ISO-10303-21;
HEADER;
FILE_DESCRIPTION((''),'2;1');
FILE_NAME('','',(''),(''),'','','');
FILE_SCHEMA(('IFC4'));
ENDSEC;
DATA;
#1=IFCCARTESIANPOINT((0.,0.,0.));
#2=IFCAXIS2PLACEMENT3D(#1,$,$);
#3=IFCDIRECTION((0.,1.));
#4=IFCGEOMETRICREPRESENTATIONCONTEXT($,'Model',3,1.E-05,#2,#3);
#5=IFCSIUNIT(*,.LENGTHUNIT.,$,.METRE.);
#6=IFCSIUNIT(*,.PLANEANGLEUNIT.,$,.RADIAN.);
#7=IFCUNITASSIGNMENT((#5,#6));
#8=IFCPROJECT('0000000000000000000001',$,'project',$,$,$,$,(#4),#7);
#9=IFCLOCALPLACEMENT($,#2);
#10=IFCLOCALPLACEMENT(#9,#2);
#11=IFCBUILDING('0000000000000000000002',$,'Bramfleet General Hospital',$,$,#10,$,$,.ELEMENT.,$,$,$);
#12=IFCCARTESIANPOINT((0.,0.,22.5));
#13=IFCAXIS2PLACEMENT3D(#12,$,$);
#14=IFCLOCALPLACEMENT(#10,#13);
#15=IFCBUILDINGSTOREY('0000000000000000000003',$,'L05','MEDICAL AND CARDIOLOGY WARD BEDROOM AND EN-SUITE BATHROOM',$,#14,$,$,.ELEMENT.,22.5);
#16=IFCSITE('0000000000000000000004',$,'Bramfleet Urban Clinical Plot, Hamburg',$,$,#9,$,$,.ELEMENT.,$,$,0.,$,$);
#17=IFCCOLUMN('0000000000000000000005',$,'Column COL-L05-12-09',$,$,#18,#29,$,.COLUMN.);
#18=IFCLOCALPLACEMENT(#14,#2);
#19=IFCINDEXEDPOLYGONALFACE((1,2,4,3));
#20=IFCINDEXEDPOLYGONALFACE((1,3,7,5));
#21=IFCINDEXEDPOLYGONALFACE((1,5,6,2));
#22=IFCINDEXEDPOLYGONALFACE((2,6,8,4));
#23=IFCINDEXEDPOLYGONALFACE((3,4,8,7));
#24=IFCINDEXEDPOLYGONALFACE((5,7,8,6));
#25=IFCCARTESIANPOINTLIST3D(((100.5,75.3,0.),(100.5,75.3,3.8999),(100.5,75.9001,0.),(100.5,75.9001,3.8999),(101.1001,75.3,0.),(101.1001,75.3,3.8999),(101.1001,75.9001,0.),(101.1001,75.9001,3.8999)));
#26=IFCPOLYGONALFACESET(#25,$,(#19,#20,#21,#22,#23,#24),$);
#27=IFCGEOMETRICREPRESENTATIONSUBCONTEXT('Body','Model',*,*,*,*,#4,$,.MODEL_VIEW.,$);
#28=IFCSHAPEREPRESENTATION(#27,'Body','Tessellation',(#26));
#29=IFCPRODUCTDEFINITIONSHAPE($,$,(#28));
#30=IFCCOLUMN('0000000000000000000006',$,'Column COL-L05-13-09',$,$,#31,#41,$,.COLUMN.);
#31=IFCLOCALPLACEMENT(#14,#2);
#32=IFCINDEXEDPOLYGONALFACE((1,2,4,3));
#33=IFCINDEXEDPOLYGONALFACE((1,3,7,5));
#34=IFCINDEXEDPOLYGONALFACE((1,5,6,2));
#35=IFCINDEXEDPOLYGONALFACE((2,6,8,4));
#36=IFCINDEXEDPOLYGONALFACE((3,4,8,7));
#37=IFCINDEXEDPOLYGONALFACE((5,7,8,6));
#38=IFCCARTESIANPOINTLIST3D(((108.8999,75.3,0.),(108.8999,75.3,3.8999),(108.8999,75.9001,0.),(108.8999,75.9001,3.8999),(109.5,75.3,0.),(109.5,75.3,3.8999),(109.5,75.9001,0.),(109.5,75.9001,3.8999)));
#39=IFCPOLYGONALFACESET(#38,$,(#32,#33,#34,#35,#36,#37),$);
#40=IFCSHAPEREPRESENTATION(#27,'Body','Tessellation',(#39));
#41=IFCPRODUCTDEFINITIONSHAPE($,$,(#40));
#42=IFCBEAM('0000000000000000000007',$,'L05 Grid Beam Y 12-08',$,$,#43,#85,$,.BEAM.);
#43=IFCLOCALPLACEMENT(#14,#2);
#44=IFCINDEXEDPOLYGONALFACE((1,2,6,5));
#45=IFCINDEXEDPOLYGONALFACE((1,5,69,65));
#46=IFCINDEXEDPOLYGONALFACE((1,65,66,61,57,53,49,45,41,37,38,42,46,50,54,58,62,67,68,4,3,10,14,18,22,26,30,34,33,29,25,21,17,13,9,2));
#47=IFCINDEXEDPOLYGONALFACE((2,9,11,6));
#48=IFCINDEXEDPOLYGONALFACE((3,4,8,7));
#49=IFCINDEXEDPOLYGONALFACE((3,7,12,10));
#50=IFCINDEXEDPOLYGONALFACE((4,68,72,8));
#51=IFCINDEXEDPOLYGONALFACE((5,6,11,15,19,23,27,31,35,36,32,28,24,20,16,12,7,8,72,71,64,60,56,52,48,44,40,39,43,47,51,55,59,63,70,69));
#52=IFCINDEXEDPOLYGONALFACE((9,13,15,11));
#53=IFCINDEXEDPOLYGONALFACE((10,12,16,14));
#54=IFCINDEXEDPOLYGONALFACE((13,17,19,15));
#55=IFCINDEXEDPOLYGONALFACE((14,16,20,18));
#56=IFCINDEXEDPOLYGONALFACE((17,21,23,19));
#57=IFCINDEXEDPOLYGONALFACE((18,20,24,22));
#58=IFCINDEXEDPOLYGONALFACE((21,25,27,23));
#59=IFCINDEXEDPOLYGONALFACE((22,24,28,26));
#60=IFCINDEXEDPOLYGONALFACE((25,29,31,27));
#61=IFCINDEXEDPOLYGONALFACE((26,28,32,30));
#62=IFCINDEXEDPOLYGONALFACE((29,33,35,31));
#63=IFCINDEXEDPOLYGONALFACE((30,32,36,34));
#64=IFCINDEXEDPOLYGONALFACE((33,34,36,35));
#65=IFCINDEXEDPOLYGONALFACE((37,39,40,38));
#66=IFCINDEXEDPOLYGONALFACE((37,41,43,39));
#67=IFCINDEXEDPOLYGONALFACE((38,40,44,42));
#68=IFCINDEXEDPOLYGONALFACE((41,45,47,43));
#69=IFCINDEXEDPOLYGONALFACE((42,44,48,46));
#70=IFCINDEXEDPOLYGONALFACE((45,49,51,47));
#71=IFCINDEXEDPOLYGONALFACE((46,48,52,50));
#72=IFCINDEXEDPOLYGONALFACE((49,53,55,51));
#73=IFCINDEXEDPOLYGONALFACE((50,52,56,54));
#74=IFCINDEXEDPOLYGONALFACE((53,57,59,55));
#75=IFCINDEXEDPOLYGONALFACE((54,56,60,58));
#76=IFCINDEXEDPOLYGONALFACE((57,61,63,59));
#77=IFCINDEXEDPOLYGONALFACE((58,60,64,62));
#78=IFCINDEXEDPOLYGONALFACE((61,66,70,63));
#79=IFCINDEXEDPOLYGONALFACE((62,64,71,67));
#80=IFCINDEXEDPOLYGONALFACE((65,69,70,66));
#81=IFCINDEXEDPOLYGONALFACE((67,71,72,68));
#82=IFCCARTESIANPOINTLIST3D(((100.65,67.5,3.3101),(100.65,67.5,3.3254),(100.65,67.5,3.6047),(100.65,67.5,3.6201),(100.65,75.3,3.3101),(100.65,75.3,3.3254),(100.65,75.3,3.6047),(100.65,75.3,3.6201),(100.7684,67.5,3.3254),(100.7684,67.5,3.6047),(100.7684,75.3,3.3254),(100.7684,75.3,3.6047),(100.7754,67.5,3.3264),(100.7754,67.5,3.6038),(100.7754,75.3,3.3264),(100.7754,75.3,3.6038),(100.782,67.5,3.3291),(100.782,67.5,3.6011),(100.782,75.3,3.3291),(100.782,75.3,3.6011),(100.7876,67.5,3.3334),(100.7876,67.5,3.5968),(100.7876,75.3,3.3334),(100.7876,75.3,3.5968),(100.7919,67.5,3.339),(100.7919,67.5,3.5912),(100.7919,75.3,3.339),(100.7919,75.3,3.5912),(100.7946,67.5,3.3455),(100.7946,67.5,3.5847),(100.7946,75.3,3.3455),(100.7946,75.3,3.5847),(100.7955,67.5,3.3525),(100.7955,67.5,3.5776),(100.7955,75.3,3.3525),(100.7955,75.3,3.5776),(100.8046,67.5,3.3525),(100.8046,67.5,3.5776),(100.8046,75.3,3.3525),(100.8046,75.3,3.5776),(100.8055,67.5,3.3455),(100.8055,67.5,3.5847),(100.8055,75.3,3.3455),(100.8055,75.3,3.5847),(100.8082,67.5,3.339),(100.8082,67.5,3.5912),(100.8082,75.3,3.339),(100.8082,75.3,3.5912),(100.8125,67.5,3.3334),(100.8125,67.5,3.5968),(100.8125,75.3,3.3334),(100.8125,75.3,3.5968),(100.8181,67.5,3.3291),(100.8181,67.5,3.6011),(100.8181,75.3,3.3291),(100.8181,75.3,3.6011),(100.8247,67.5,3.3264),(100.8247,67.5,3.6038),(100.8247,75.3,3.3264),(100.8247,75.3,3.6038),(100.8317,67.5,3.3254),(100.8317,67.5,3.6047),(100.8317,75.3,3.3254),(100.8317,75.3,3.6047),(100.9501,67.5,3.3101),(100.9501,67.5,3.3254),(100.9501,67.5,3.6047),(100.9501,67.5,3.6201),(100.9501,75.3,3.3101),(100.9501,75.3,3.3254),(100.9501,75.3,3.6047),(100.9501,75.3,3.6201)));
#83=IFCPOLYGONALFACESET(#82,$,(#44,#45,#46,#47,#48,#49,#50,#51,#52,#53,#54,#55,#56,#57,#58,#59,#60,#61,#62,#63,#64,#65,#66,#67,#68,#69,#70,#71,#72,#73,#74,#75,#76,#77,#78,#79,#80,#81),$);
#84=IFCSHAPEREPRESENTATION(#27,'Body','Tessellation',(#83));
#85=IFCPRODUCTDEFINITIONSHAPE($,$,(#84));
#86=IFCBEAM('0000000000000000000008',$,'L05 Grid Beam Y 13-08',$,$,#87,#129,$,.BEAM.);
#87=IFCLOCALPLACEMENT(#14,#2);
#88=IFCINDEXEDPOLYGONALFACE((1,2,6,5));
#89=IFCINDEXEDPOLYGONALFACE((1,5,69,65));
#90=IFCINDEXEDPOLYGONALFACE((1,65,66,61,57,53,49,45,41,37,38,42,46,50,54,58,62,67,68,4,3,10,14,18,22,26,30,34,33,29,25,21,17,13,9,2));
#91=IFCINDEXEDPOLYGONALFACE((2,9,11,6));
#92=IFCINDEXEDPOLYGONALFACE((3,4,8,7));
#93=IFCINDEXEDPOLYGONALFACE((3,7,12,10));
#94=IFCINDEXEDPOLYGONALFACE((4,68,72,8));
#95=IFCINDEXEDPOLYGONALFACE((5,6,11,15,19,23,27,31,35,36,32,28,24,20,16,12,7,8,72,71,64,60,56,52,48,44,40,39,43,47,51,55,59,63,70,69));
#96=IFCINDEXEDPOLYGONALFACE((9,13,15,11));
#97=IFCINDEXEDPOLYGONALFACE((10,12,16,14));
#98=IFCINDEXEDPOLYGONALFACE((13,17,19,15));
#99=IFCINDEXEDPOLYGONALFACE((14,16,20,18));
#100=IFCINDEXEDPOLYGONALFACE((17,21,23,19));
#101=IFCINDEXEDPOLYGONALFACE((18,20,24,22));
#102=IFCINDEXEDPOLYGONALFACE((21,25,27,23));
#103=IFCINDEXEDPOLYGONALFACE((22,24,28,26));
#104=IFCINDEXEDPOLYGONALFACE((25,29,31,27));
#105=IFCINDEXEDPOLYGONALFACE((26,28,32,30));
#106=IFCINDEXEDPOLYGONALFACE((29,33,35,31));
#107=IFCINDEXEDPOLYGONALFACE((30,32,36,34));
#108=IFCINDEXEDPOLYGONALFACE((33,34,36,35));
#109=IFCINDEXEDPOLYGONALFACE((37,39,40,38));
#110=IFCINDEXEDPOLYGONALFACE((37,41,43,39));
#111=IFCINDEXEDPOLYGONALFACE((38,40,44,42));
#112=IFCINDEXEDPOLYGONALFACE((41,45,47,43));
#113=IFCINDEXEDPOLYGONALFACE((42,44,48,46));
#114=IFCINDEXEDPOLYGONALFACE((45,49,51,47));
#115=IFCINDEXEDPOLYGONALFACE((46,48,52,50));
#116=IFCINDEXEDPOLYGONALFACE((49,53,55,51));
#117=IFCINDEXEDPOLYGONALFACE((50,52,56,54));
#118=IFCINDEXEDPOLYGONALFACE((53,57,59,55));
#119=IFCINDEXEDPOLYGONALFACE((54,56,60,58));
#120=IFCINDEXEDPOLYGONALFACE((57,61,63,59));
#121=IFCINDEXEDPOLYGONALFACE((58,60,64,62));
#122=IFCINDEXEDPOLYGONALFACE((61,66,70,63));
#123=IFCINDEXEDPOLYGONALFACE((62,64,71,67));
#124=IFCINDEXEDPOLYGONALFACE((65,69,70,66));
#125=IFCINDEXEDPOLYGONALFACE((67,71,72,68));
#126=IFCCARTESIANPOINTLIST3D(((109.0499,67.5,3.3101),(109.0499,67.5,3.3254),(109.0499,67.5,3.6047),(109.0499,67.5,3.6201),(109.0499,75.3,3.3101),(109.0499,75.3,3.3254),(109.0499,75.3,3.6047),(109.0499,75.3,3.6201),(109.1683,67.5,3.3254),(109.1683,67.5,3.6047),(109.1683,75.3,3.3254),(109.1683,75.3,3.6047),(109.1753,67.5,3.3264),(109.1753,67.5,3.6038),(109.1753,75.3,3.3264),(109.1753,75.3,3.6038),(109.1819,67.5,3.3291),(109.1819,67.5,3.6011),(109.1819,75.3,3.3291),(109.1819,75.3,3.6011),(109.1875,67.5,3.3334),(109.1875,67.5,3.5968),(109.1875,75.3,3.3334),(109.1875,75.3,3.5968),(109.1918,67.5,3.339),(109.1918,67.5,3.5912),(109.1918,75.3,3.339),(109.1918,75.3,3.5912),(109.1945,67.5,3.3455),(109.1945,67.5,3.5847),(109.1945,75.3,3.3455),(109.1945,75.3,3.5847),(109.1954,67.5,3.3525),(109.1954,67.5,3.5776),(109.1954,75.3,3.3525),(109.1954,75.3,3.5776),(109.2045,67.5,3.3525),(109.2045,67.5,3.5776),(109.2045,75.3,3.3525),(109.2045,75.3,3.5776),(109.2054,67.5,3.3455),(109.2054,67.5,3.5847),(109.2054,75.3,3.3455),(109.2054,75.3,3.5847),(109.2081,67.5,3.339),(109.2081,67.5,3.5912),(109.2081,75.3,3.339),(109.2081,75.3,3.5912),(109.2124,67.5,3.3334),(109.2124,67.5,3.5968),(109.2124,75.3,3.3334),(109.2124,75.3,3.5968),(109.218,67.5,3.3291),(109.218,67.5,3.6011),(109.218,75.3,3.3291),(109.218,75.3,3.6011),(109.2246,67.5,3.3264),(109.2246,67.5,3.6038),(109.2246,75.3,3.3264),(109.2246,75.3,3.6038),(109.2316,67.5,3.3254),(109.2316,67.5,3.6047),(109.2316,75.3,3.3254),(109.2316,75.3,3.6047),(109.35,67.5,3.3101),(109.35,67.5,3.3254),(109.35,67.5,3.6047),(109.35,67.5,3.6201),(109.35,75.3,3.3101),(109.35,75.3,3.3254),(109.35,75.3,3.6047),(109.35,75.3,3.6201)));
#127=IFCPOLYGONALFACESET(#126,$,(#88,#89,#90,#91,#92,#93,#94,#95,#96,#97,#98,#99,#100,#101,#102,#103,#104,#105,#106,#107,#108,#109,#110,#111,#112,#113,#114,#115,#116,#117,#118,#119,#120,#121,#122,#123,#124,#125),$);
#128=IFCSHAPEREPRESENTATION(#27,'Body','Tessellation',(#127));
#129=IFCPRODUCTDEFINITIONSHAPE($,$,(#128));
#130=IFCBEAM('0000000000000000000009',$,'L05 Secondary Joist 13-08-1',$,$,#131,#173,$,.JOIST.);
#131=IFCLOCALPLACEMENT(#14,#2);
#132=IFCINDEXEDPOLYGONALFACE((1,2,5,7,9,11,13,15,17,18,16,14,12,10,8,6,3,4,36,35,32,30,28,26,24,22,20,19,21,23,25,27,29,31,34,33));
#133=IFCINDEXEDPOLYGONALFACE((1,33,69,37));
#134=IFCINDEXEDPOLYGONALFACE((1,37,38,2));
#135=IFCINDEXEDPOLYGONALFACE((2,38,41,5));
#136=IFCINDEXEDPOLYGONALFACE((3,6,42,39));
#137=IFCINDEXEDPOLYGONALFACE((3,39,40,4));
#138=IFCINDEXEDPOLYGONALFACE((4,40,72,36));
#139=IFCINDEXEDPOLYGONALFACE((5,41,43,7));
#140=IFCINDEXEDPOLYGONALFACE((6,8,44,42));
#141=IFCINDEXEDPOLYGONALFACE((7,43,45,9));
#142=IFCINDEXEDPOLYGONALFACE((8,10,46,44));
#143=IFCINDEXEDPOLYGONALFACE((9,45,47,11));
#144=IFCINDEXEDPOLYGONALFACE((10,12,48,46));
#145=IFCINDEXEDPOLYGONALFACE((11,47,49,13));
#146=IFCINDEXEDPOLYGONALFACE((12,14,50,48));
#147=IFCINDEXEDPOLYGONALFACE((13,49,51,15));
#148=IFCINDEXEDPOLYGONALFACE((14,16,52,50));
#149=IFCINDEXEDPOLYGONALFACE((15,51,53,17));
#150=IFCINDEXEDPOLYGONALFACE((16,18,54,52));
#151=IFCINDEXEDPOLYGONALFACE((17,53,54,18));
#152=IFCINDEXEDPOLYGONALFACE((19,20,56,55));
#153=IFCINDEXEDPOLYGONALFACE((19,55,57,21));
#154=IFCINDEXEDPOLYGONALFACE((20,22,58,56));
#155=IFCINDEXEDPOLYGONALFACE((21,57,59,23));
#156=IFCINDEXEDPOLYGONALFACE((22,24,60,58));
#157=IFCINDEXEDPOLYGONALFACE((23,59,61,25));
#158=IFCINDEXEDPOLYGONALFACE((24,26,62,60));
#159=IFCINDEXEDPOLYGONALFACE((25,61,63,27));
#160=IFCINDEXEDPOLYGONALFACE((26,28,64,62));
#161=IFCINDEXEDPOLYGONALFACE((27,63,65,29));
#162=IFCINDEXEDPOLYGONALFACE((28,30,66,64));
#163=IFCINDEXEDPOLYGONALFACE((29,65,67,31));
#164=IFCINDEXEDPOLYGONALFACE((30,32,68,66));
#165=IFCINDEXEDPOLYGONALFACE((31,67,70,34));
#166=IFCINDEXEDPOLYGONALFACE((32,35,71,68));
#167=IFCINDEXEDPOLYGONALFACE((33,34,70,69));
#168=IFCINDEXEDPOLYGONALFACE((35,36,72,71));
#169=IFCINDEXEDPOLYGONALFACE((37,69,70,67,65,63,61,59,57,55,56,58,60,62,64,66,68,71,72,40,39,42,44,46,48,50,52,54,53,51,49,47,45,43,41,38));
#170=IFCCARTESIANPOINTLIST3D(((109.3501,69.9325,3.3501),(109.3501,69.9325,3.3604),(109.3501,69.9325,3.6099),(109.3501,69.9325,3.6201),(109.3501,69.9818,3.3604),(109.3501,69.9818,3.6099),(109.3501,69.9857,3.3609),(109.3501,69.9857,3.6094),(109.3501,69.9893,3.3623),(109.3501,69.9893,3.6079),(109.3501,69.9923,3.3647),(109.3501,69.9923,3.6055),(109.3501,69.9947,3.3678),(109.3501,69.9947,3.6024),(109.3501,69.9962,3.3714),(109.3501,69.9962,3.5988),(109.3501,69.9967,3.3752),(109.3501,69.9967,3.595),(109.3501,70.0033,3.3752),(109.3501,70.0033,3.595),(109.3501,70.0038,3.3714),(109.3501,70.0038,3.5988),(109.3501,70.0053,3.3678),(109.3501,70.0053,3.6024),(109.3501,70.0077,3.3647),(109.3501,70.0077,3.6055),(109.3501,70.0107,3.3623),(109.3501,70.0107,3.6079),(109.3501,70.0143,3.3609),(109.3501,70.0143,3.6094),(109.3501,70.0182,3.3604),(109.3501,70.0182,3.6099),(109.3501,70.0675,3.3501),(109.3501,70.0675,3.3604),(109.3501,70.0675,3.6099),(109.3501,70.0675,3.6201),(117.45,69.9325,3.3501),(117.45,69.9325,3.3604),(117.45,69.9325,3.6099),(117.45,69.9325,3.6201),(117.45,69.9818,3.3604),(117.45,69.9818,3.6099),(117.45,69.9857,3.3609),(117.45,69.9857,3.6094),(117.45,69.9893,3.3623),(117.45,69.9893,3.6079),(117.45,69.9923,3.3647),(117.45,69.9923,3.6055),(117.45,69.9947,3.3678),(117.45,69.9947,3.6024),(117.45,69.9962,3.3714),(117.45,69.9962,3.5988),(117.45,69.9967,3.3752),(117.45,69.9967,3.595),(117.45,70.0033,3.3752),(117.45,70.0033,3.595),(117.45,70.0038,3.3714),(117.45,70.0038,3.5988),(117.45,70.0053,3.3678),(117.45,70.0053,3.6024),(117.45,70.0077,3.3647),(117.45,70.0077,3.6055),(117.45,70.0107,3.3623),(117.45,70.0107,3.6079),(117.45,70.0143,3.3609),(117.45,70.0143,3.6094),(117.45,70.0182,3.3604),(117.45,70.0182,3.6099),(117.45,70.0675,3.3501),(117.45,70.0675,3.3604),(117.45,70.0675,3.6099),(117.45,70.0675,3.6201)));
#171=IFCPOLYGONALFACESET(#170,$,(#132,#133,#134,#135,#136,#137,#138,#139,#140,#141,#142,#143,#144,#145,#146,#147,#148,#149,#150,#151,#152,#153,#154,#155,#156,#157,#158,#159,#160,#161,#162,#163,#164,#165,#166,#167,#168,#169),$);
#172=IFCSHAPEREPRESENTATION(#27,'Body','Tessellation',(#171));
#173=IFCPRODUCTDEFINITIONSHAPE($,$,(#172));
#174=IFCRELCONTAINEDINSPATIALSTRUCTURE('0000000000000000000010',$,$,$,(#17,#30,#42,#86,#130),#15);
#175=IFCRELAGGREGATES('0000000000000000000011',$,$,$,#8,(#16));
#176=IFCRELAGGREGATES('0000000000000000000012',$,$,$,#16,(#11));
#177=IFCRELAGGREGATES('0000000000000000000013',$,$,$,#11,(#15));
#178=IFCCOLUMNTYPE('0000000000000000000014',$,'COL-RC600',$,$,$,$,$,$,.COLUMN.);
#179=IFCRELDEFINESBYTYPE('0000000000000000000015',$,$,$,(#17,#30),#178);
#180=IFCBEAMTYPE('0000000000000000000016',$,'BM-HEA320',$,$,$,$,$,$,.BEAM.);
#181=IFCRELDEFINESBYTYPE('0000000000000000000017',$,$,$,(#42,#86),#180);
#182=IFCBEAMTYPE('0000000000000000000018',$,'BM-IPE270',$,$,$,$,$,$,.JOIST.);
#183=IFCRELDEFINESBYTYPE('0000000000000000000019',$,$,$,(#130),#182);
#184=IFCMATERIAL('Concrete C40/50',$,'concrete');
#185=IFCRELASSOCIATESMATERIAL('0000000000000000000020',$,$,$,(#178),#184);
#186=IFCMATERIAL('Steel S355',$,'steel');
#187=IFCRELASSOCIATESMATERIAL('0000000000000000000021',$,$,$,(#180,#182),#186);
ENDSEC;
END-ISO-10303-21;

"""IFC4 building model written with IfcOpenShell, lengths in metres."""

from ifc_helpers import new_model, si_unit, direction, frame, origin, origin_2d, place, context, subcontext, project, spatial, rectangle, i_section, extrude, material, material_profile, profile_set, type_object, element, save


model = new_model("IFC4")

# Units and contexts
model_context = context("Model", 3, precision=1e-05, world=origin(), true_north=direction((0.0, 1.0)))
body_context = subcontext(model_context, "Body", "Model", "MODEL_VIEW")
ifc_project = project(units=[si_unit("LENGTHUNIT", "METRE"), si_unit("PLANEANGLEUNIT", "RADIAN")], contexts=[model_context])

# Site, building, storey
site_placement = place(None, origin())
site = spatial("IfcSite", under=ifc_project, at=site_placement, Name="Bramfleet Urban Clinical Plot, Hamburg", CompositionType="ELEMENT", RefElevation=0.0)
building_placement = place(site_placement, origin())
building = spatial("IfcBuilding", under=site, at=building_placement, Name="Bramfleet General Hospital", CompositionType="ELEMENT")
storey_placement = place(building_placement, frame((0.0, 0.0, 22.5)))
storey = spatial("IfcBuildingStorey", under=building, at=storey_placement, Name="L05", Description="MEDICAL AND CARDIOLOGY WARD BEDROOM AND EN-SUITE BATHROOM", CompositionType="ELEMENT", Elevation=22.5)

# Columns
ifc_material_1 = material(Name="Concrete C40/50", Category="concrete")
ifc_material_profile_1 = material_profile(ifc_material_1, rectangle(XDim=0.6001, YDim=0.6001, at=origin_2d()), Name="RC COL 600x600")
ifc_profile_set_1 = profile_set([ifc_material_profile_1], Name="Concrete C40/50")
column_type = type_object("IfcColumnType", Name="COL-RC600", PredefinedType="COLUMN", material=ifc_profile_set_1)
for number, where, z_axis, x_axis, name in (
    (1, (100.8, 75.6001, 0.0), (0.0, 0.0, 1.0), (1.0, 0.0, 0.0), "Column COL-L05-12-09"),
    (2, (109.2, 75.6001, 0.0), (0.0, 0.0, 1.0), (1.0, 0.0, 0.0), "Column COL-L05-13-09"),
):
    element("IfcColumn", number, at=place(storey_placement, frame(where, z_axis=z_axis, x_axis=x_axis)), inside=storey, type_object=column_type, Name=name, PredefinedType="COLUMN", context=body_context, shape_type="SweptSolid", body=[
        extrude(rectangle(XDim=0.6001, YDim=0.6001, at=origin_2d()), origin(), (0.0, 0.0, 1.0), 3.8999),
    ])

# Beams
ifc_material_2 = material(Name="Steel S355", Category="steel")
ifc_material_profile_2 = material_profile(ifc_material_2, i_section(OverallWidth=0.3, OverallDepth=0.3101, WebThickness=0.009, FlangeThickness=0.0154, FilletRadius=0.0271, at=origin_2d()), Name="HEA 320")
ifc_profile_set_2 = profile_set([ifc_material_profile_2], Name="Steel S355")
beam_type_1 = type_object("IfcBeamType", Name="BM-HEA320", PredefinedType="BEAM", material=ifc_profile_set_2)
for number, where, z_axis, x_axis, name in (
    (3, (100.8, 67.5, 3.4651), (0.0, 1.0, 0.0), (-1.0, 0.0, 0.0), "L05 Grid Beam Y 12-08"),
    (4, (109.2, 67.5, 3.4651), (0.0, 1.0, 0.0), (-1.0, 0.0, 0.0), "L05 Grid Beam Y 13-08"),
):
    element("IfcBeam", number, at=place(storey_placement, frame(where, z_axis=z_axis, x_axis=x_axis)), inside=storey, type_object=beam_type_1, Name=name, PredefinedType="BEAM", context=body_context, shape_type="SweptSolid", body=[
        extrude(i_section(OverallWidth=0.3, OverallDepth=0.3101, WebThickness=0.009, FlangeThickness=0.0154, FilletRadius=0.0271, at=origin_2d()), origin(), (0.0, 0.0, 1.0), 7.8),
    ])
ifc_material_profile_3 = material_profile(ifc_material_2, i_section(OverallWidth=0.135, OverallDepth=0.27, WebThickness=0.0066, FlangeThickness=0.0103, FilletRadius=0.0149, at=origin_2d()), Name="IPE 270")
ifc_profile_set_3 = profile_set([ifc_material_profile_3], Name="Steel S355")
beam_type_2 = type_object("IfcBeamType", Name="BM-IPE270", PredefinedType="JOIST", material=ifc_profile_set_3)
for number, where, z_axis, x_axis, name in (
    (5, (109.3501, 70.0, 3.4851), (1.0, 0.0, 0.0), (0.0, 1.0, 0.0), "L05 Secondary Joist 13-08-1"),
):
    element("IfcBeam", number, at=place(storey_placement, frame(where, z_axis=z_axis, x_axis=x_axis)), inside=storey, type_object=beam_type_2, Name=name, PredefinedType="JOIST", context=body_context, shape_type="SweptSolid", body=[
        extrude(i_section(OverallWidth=0.135, OverallDepth=0.27, WebThickness=0.0066, FlangeThickness=0.0103, FilletRadius=0.0149, at=origin_2d()), origin(), (0.0, 0.0, 1.0), 8.0999),
    ])

save(model, "model.ifc")
